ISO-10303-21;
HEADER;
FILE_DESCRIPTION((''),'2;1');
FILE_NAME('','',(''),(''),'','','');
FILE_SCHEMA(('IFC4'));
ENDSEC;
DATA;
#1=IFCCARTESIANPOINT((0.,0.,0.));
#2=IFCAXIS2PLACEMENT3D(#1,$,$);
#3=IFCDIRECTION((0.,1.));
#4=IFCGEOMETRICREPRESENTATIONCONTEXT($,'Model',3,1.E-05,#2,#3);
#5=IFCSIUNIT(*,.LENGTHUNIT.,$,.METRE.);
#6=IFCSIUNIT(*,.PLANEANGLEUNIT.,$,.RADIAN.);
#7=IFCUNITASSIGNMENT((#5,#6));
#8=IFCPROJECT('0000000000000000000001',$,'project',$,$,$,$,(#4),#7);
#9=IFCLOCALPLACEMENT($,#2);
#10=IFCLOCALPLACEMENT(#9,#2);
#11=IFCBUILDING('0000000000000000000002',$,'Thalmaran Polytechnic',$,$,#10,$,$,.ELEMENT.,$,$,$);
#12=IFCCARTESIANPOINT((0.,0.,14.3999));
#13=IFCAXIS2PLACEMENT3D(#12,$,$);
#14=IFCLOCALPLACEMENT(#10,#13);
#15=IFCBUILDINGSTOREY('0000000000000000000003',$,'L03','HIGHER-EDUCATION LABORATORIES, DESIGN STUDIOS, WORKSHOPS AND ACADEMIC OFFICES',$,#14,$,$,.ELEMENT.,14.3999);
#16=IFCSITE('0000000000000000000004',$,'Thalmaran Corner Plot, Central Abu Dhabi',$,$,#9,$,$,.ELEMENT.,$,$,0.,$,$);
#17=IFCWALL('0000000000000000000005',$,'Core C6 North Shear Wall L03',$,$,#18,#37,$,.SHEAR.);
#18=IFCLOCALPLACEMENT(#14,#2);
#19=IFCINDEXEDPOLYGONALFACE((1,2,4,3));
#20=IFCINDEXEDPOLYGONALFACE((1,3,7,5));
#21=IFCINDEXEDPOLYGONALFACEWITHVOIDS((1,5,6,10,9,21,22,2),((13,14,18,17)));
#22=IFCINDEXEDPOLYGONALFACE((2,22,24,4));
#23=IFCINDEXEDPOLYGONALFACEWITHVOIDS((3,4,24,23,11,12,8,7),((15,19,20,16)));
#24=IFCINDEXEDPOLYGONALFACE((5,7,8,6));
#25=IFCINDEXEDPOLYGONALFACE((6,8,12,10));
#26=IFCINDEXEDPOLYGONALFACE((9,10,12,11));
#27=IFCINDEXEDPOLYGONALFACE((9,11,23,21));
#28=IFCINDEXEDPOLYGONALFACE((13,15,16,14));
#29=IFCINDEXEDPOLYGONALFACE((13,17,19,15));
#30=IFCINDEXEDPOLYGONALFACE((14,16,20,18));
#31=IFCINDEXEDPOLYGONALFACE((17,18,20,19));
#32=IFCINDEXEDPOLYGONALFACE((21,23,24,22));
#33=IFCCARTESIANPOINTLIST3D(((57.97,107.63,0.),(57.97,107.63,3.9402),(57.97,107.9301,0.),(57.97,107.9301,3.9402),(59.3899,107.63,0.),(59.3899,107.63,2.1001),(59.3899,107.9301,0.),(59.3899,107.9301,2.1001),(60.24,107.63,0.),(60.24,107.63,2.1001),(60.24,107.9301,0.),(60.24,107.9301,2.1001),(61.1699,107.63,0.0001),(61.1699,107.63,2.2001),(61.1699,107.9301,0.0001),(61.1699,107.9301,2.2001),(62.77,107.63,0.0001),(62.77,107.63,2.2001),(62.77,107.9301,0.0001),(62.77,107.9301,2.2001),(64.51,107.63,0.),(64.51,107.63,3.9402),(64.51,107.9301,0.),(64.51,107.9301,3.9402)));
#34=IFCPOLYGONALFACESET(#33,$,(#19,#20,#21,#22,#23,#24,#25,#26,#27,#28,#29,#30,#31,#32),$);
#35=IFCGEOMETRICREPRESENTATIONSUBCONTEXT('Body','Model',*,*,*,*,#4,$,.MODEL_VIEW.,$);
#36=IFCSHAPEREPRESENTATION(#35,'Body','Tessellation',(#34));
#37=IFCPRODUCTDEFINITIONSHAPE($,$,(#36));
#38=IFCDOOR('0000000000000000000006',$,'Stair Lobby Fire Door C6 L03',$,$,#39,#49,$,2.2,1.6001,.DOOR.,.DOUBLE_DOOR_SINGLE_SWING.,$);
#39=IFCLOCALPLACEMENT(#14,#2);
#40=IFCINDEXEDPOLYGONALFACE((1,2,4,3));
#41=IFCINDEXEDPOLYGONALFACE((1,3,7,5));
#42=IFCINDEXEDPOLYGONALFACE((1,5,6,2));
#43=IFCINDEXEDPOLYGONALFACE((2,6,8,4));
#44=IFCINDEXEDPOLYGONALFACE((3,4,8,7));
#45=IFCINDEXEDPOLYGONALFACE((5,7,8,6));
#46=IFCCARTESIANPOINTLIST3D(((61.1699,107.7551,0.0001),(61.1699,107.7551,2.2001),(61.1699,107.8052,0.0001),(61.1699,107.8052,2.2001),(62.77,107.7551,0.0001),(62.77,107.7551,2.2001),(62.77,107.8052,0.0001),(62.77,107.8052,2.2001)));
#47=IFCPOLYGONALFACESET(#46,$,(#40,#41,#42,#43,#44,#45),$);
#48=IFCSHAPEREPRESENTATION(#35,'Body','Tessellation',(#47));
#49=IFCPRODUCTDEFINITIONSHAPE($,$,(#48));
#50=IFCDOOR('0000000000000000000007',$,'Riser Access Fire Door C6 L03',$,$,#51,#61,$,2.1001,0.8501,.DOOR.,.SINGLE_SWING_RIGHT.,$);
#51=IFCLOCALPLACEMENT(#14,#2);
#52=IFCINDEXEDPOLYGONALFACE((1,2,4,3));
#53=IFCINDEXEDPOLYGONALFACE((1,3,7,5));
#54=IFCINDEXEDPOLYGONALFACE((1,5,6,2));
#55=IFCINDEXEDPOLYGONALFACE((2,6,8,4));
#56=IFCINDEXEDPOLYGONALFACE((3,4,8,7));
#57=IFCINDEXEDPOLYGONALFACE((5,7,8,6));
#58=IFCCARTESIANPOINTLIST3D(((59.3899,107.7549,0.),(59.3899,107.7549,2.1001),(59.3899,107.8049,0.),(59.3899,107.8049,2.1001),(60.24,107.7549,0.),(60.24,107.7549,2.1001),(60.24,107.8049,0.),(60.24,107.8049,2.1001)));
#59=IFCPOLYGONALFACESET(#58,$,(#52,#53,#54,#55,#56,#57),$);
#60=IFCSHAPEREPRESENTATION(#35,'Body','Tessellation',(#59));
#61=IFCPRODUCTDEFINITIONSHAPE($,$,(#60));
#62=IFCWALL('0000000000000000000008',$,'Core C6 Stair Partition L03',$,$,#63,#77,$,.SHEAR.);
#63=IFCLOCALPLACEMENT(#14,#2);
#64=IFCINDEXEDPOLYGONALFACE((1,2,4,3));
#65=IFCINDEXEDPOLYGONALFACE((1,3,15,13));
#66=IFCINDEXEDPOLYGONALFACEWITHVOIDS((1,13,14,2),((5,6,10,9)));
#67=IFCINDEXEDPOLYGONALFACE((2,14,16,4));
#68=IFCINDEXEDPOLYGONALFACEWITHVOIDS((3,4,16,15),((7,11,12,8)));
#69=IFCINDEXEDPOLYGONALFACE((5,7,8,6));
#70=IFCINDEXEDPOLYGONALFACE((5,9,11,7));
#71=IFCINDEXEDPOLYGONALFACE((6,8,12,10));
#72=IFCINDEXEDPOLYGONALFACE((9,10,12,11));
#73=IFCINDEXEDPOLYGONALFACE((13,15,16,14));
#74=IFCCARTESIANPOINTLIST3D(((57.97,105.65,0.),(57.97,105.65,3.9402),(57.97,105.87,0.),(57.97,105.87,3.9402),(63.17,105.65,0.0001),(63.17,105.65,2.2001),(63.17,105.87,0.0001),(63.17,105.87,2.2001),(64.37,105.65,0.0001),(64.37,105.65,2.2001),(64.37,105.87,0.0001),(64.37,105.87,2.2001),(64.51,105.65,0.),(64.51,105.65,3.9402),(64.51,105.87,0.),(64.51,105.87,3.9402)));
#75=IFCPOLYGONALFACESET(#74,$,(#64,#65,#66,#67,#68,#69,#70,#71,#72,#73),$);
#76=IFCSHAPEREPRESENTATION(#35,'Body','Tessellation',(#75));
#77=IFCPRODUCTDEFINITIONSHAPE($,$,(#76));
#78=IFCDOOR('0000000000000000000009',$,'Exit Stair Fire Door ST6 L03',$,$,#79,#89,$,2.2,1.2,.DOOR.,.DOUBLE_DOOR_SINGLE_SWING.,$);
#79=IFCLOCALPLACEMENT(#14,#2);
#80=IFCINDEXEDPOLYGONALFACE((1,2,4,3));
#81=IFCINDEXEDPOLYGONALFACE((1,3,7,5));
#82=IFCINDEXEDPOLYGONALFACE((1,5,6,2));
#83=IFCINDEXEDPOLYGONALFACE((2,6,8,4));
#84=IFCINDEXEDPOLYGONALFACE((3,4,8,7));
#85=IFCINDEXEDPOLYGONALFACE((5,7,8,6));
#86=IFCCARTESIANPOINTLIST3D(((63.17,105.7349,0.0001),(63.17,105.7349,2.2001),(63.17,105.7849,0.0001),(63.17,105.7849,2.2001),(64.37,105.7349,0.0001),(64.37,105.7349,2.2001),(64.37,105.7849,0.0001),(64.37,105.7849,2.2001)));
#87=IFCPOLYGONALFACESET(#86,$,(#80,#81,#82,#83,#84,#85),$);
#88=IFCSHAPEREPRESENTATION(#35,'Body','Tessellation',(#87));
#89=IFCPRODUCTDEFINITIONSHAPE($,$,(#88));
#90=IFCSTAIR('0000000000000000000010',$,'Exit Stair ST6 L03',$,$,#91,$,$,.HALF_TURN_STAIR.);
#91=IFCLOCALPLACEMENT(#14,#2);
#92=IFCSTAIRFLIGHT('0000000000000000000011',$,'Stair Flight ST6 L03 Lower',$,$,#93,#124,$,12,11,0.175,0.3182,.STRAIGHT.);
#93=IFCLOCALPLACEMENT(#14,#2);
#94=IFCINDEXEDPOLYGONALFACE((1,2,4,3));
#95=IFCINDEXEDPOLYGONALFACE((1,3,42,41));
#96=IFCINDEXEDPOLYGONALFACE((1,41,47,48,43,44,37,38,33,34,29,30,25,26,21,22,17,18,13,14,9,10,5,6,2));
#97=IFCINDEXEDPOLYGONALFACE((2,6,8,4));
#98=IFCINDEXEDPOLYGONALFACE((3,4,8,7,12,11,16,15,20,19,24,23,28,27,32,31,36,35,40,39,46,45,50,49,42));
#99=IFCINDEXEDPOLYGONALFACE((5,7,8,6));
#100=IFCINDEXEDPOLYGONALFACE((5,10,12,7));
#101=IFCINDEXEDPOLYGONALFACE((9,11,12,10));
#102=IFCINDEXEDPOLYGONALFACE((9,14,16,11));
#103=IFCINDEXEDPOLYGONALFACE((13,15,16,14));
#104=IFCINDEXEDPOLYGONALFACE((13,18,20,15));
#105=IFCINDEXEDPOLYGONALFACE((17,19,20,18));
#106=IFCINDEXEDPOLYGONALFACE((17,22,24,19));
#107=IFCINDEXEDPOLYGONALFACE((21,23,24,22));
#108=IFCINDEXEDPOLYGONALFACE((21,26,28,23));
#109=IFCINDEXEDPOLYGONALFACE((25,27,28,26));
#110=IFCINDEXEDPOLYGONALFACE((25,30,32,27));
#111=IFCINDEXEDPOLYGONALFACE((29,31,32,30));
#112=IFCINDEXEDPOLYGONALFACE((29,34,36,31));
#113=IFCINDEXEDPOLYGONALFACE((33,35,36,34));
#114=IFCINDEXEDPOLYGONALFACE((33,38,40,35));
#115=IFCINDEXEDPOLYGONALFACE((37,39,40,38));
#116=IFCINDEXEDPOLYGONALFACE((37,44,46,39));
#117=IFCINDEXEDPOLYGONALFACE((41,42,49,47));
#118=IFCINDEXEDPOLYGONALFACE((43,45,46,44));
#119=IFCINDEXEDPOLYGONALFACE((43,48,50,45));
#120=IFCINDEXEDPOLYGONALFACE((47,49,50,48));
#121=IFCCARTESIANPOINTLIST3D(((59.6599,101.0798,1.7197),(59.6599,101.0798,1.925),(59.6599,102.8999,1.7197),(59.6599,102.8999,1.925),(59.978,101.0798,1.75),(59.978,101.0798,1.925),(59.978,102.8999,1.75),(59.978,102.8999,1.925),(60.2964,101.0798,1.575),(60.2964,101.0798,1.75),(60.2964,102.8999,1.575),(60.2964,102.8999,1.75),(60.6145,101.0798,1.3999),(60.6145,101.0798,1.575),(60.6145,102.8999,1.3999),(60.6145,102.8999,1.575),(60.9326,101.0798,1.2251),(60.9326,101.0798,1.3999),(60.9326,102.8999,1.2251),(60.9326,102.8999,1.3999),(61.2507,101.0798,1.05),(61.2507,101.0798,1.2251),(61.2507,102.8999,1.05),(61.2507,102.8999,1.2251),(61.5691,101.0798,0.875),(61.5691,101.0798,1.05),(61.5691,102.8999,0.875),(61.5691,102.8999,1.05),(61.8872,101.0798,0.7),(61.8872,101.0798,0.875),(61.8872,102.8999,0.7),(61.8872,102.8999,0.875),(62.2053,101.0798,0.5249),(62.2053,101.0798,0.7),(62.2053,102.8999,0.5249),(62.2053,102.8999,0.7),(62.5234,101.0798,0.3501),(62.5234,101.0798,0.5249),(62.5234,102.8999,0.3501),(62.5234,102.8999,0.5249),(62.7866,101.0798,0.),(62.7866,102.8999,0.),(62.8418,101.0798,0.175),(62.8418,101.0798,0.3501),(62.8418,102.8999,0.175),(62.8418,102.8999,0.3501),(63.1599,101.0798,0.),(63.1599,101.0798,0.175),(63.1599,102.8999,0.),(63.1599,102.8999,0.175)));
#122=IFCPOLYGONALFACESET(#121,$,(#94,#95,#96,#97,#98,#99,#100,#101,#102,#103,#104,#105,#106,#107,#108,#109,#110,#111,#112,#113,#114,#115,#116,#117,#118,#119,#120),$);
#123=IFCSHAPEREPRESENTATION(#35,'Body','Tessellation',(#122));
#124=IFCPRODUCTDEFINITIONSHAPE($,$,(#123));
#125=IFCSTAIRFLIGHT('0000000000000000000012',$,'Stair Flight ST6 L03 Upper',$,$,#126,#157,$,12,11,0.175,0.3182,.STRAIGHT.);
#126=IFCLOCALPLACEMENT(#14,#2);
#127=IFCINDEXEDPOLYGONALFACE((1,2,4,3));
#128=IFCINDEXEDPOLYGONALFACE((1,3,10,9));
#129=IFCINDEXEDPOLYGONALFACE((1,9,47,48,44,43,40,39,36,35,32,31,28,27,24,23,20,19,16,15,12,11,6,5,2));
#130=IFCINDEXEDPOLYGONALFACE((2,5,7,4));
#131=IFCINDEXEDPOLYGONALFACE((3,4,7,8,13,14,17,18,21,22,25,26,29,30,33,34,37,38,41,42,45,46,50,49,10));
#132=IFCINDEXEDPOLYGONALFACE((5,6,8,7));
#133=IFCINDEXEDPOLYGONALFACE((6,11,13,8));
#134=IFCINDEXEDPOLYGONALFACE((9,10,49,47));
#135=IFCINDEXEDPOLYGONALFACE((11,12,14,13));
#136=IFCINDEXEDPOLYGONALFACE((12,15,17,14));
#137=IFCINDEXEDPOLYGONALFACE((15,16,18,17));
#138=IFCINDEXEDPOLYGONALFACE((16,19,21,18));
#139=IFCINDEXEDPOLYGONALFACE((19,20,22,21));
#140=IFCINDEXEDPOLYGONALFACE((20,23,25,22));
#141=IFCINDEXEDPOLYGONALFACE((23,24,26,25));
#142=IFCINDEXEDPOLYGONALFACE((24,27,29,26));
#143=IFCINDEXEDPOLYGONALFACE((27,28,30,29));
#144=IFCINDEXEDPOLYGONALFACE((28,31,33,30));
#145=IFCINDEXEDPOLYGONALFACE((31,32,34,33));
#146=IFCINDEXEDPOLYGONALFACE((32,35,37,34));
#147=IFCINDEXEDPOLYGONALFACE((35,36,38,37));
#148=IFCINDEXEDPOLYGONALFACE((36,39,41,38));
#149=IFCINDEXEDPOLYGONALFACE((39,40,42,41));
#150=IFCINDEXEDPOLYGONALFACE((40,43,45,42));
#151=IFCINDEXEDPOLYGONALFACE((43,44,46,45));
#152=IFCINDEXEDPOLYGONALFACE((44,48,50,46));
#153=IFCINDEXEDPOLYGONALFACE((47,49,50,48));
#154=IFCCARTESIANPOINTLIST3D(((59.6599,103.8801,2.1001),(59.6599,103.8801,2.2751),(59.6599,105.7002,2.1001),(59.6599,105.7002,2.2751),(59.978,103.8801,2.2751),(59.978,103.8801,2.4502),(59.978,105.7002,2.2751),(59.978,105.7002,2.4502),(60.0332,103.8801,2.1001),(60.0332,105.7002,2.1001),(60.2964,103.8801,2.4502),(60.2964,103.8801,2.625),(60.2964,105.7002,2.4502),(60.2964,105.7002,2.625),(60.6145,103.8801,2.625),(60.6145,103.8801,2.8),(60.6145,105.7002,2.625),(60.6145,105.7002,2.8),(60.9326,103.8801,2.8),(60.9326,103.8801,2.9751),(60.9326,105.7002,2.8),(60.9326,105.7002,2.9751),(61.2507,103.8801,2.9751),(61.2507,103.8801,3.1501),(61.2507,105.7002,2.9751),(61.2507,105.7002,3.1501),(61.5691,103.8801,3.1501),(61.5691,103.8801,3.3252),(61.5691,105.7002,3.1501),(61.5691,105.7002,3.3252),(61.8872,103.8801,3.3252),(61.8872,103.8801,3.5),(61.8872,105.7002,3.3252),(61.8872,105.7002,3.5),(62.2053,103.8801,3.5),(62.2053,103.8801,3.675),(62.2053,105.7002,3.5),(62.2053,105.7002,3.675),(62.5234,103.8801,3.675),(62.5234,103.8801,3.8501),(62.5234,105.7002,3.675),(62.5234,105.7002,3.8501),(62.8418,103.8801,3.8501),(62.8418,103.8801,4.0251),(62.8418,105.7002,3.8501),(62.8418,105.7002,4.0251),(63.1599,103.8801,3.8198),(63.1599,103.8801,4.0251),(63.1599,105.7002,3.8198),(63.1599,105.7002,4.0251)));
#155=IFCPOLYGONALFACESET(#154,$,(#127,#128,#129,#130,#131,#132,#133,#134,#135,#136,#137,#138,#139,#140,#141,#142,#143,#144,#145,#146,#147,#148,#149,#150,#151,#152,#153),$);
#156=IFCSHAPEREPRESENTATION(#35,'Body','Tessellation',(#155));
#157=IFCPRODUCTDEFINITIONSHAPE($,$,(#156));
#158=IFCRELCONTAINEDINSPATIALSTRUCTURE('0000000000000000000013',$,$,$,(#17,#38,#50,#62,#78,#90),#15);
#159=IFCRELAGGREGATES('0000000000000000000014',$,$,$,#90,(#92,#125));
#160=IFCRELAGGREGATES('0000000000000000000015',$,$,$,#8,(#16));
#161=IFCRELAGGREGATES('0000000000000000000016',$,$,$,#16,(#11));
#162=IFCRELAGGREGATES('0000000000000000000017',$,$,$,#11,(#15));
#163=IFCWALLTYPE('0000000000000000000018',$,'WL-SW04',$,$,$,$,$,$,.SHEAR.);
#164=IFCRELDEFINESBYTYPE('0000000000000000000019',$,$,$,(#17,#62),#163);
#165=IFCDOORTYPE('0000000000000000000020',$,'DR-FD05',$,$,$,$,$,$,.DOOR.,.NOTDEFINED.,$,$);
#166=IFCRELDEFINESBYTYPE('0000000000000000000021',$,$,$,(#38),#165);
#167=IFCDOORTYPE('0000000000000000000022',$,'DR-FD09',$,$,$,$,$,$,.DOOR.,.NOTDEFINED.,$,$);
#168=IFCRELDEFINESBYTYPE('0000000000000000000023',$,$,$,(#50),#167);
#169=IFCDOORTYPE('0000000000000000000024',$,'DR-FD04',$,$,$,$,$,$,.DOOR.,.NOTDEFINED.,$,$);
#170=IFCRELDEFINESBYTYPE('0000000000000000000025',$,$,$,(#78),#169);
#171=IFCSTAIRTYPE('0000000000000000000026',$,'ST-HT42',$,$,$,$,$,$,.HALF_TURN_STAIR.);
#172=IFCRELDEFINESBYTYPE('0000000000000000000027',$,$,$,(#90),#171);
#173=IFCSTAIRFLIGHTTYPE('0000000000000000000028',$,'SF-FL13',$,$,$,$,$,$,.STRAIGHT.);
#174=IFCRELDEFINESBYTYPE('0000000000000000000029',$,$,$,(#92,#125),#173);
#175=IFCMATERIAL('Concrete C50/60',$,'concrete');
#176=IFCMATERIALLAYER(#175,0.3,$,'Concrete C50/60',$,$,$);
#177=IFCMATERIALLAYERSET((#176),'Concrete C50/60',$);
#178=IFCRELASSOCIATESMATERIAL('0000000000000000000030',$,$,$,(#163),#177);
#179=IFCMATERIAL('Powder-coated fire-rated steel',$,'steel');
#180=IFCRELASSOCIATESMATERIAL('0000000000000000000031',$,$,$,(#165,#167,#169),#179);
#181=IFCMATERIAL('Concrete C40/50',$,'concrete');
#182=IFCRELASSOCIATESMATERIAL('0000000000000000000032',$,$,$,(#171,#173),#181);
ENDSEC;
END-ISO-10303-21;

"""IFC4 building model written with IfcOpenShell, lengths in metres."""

from ifc_helpers import new_model, si_unit, direction, frame, frame_2d, origin, place, context, subcontext, project, spatial, polyline, rectangle, outline, extrude, material, layer, layer_set, type_object, element, fill, aggregate, save


model = new_model("IFC4")

# Units and contexts
model_context = context("Model", 3, precision=1e-05, world=origin(), true_north=direction((0.0, 1.0)))
body_context = subcontext(model_context, "Body", "Model", "MODEL_VIEW")
ifc_project = project(units=[si_unit("LENGTHUNIT", "METRE"), si_unit("PLANEANGLEUNIT", "RADIAN")], contexts=[model_context])

# Site, building, storey
site_placement = place(None, origin())
site = spatial("IfcSite", under=ifc_project, at=site_placement, Name="Thalmaran Corner Plot, Central Abu Dhabi", CompositionType="ELEMENT", RefElevation=0.0)
building_placement = place(site_placement, origin())
building = spatial("IfcBuilding", under=site, at=building_placement, Name="Thalmaran Polytechnic", CompositionType="ELEMENT")
storey_placement = place(building_placement, frame((0.0, 0.0, 14.3999)))
storey = spatial("IfcBuildingStorey", under=building, at=storey_placement, Name="L03", Description="HIGHER-EDUCATION LABORATORIES, DESIGN STUDIOS, WORKSHOPS AND ACADEMIC OFFICES", CompositionType="ELEMENT", Elevation=14.3999)

# Shared definitions
ifc_material_1 = material(Name="Concrete C40/50", Category="concrete")

# Wall, openings, doors
ifc_material_2 = material(Name="Concrete C50/60", Category="concrete")
ifc_layer_1 = layer(ifc_material_2, 0.3, Name="Concrete C50/60")
ifc_layer_set_1 = layer_set([ifc_layer_1], Name="Concrete C50/60")
wall_type_1 = type_object("IfcWallType", Name="WL-SW04", PredefinedType="SHEAR", material=ifc_layer_set_1)
wall_1_placement = place(storey_placement, frame((57.97, 107.78, 0.0), z_axis=(0.0, 0.0, 1.0), x_axis=(1.0, 0.0, 0.0)))
wall_1 = element("IfcWall", 1, at=wall_1_placement, inside=storey, type_object=wall_type_1, Name="Core C6 North Shear Wall L03", PredefinedType="SHEAR", context=body_context, shape_type="SweptSolid", body=[
    extrude(rectangle(XDim=6.54, YDim=0.3, at=frame_2d((3.27, 0.0))), origin(), (0.0, 0.0, 1.0), 3.9402),
])
opening_1_placement = place(wall_1_placement, frame((1.4199, 0.0, 0.0)))
opening_1 = element("IfcOpeningElement", 2, at=opening_1_placement, cuts=wall_1, PredefinedType="OPENING", context=body_context, shape_type="SweptSolid", body=[
    extrude(rectangle(XDim=0.8501, YDim=2.1001, at=frame_2d((0.425, 1.05))), frame((0.0, 0.1599, 0.0), z_axis=(0.0, -1.0, 0.0), x_axis=(1.0, 0.0, 0.0)), (0.0, 0.0, 1.0), 0.3201),
])
opening_2_placement = place(wall_1_placement, frame((3.2, 0.0, 0.0)))
opening_2 = element("IfcOpeningElement", 3, at=opening_2_placement, cuts=wall_1, PredefinedType="OPENING", context=body_context, shape_type="SweptSolid", body=[
    extrude(rectangle(XDim=1.6001, YDim=2.2, at=frame_2d((0.8, 1.1001))), frame((0.0, 0.1599, 0.0), z_axis=(0.0, -1.0, 0.0), x_axis=(1.0, 0.0, 0.0)), (0.0, 0.0, 1.0), 0.3201),
])
ifc_material_3 = material(Name="Powder-coated fire-rated steel", Category="steel")
door_type_1 = type_object("IfcDoorType", Name="DR-FD05", OperationType="NOTDEFINED", PredefinedType="DOOR", material=ifc_material_3)
door_1_placement = place(opening_2_placement, frame((1.6001, 0.0, 0.0), z_axis=(0.0, 0.0, 1.0), x_axis=(-1.0, 0.0, 0.0)))
door_1 = element("IfcDoor", 4, at=door_1_placement, inside=storey, type_object=door_type_1, Name="Stair Lobby Fire Door C6 L03", OperationType="DOUBLE_DOOR_SINGLE_SWING", OverallHeight=2.2, OverallWidth=1.6001, PredefinedType="DOOR", context=body_context, shape_type="SweptSolid", body=[
    extrude(rectangle(XDim=1.6001, YDim=2.2, at=frame_2d((0.8, 1.1001))), frame((0.0, 0.0249, 0.0), z_axis=(0.0, -1.0, 0.0), x_axis=(1.0, 0.0, 0.0)), (0.0, 0.0, 1.0), 0.05),
])
fill(opening_2, door_1)
door_type_2 = type_object("IfcDoorType", Name="DR-FD09", OperationType="NOTDEFINED", PredefinedType="DOOR", material=ifc_material_3)
door_2_placement = place(opening_1_placement, origin())
door_2 = element("IfcDoor", 5, at=door_2_placement, inside=storey, type_object=door_type_2, Name="Riser Access Fire Door C6 L03", OperationType="SINGLE_SWING_RIGHT", OverallHeight=2.1001, OverallWidth=0.8501, PredefinedType="DOOR", context=body_context, shape_type="SweptSolid", body=[
    extrude(rectangle(XDim=0.8501, YDim=2.1001, at=frame_2d((0.425, 1.05))), frame((0.0, 0.0249, 0.0), z_axis=(0.0, -1.0, 0.0), x_axis=(1.0, 0.0, 0.0)), (0.0, 0.0, 1.0), 0.05),
])
fill(opening_1, door_2)

# Wall, opening, door
wall_2_placement = place(storey_placement, frame((57.97, 105.76, 0.0), z_axis=(0.0, 0.0, 1.0), x_axis=(1.0, 0.0, 0.0)))
wall_2 = element("IfcWall", 6, at=wall_2_placement, inside=storey, type_object=wall_type_1, Name="Core C6 Stair Partition L03", PredefinedType="SHEAR", context=body_context, shape_type="SweptSolid", body=[
    extrude(rectangle(XDim=6.54, YDim=0.22, at=frame_2d((3.27, 0.0))), origin(), (0.0, 0.0, 1.0), 3.9402),
])
opening_3_placement = place(wall_2_placement, frame((5.2, 0.0, 0.0)))
opening_3 = element("IfcOpeningElement", 7, at=opening_3_placement, cuts=wall_2, PredefinedType="OPENING", context=body_context, shape_type="SweptSolid", body=[
    extrude(rectangle(XDim=1.2, YDim=2.2, at=frame_2d((0.6001, 1.1001))), frame((0.0, 0.1199, 0.0), z_axis=(0.0, -1.0, 0.0), x_axis=(1.0, 0.0, 0.0)), (0.0, 0.0, 1.0), 0.24),
])
door_type_3 = type_object("IfcDoorType", Name="DR-FD04", OperationType="NOTDEFINED", PredefinedType="DOOR", material=ifc_material_3)
door_3_placement = place(opening_3_placement, origin())
door_3 = element("IfcDoor", 8, at=door_3_placement, inside=storey, type_object=door_type_3, Name="Exit Stair Fire Door ST6 L03", OperationType="DOUBLE_DOOR_SINGLE_SWING", OverallHeight=2.2, OverallWidth=1.2, PredefinedType="DOOR", context=body_context, shape_type="SweptSolid", body=[
    extrude(rectangle(XDim=1.2, YDim=2.2, at=frame_2d((0.6001, 1.1001))), frame((0.0, 0.0249, 0.0), z_axis=(0.0, -1.0, 0.0), x_axis=(1.0, 0.0, 0.0)), (0.0, 0.0, 1.0), 0.05),
])
fill(opening_3, door_3)

# Stair, stair flights
stair_type = type_object("IfcStairType", Name="ST-HT42", PredefinedType="HALF_TURN_STAIR", material=ifc_material_1)
stair_placement = place(storey_placement, origin())
stair = element("IfcStair", 9, at=stair_placement, inside=storey, type_object=stair_type, Name="Exit Stair ST6 L03", PredefinedType="HALF_TURN_STAIR")
stair_flight_type = type_object("IfcStairFlightType", Name="SF-FL13", PredefinedType="STRAIGHT", material=ifc_material_1)
stair_flight_1_placement = place(storey_placement, frame((63.1599, 101.99, 0.0), z_axis=(0.0, 0.0, 1.0), x_axis=(-1.0, 0.0, 0.0)))
stair_flight_1 = element("IfcStairFlight", 10, at=stair_flight_1_placement, type_object=stair_flight_type, Name="Stair Flight ST6 L03 Lower", NumberOfRisers=12, NumberOfTreads=11, PredefinedType="STRAIGHT", RiserHeight=0.175, TreadLength=0.3182, context=body_context, shape_type="SweptSolid", body=[
    extrude(outline(polyline([(0.0, 0.0), (0.0, 0.175), (0.3181, 0.175), (0.3181, 0.3501), (0.6365, 0.3501), (0.6365, 0.5249), (0.9546, 0.5249), (0.9546, 0.7), (1.2727, 0.7), (1.2727, 0.875), (1.5908, 0.875), (1.5908, 1.05), (1.9092, 1.05), (1.9092, 1.2251), (2.2273, 1.2251), (2.2273, 1.3999), (2.5454, 1.3999), (2.5454, 1.575), (2.8635, 1.575), (2.8635, 1.75), (3.1819, 1.75), (3.1819, 1.925), (3.5, 1.925), (3.5, 2.1001), (3.5, 1.7197), (0.3733, 0.0), (0.0, 0.0)])), frame((0.0, 0.9102, 0.0), z_axis=(0.0, -1.0, 0.0), x_axis=(1.0, 0.0, 0.0)), (0.0, 0.0, 1.0), 1.8201),
])
stair_flight_2_placement = place(storey_placement, frame((59.6599, 104.79, 2.1001), z_axis=(0.0, 0.0, 1.0), x_axis=(1.0, 0.0, 0.0)))
stair_flight_2 = element("IfcStairFlight", 11, at=stair_flight_2_placement, type_object=stair_flight_type, Name="Stair Flight ST6 L03 Upper", NumberOfRisers=12, NumberOfTreads=11, PredefinedType="STRAIGHT", RiserHeight=0.175, TreadLength=0.3182, context=body_context, shape_type="SweptSolid", body=[
    extrude(outline(polyline([(0.0, 0.0), (0.0, 0.175), (0.3181, 0.175), (0.3181, 0.3501), (0.6365, 0.3501), (0.6365, 0.5249), (0.9546, 0.5249), (0.9546, 0.7), (1.2727, 0.7), (1.2727, 0.875), (1.5908, 0.875), (1.5908, 1.05), (1.9092, 1.05), (1.9092, 1.2251), (2.2273, 1.2251), (2.2273, 1.3999), (2.5454, 1.3999), (2.5454, 1.575), (2.8635, 1.575), (2.8635, 1.75), (3.1819, 1.75), (3.1819, 1.925), (3.5, 1.925), (3.5, 2.1001), (3.5, 1.7197), (0.3733, 0.0), (0.0, 0.0)])), frame((0.0, 0.9102, 0.0), z_axis=(0.0, -1.0, 0.0), x_axis=(1.0, 0.0, 0.0)), (0.0, 0.0, 1.0), 1.8201),
])
aggregate(stair, [stair_flight_1, stair_flight_2])

save(model, "model.ifc")
